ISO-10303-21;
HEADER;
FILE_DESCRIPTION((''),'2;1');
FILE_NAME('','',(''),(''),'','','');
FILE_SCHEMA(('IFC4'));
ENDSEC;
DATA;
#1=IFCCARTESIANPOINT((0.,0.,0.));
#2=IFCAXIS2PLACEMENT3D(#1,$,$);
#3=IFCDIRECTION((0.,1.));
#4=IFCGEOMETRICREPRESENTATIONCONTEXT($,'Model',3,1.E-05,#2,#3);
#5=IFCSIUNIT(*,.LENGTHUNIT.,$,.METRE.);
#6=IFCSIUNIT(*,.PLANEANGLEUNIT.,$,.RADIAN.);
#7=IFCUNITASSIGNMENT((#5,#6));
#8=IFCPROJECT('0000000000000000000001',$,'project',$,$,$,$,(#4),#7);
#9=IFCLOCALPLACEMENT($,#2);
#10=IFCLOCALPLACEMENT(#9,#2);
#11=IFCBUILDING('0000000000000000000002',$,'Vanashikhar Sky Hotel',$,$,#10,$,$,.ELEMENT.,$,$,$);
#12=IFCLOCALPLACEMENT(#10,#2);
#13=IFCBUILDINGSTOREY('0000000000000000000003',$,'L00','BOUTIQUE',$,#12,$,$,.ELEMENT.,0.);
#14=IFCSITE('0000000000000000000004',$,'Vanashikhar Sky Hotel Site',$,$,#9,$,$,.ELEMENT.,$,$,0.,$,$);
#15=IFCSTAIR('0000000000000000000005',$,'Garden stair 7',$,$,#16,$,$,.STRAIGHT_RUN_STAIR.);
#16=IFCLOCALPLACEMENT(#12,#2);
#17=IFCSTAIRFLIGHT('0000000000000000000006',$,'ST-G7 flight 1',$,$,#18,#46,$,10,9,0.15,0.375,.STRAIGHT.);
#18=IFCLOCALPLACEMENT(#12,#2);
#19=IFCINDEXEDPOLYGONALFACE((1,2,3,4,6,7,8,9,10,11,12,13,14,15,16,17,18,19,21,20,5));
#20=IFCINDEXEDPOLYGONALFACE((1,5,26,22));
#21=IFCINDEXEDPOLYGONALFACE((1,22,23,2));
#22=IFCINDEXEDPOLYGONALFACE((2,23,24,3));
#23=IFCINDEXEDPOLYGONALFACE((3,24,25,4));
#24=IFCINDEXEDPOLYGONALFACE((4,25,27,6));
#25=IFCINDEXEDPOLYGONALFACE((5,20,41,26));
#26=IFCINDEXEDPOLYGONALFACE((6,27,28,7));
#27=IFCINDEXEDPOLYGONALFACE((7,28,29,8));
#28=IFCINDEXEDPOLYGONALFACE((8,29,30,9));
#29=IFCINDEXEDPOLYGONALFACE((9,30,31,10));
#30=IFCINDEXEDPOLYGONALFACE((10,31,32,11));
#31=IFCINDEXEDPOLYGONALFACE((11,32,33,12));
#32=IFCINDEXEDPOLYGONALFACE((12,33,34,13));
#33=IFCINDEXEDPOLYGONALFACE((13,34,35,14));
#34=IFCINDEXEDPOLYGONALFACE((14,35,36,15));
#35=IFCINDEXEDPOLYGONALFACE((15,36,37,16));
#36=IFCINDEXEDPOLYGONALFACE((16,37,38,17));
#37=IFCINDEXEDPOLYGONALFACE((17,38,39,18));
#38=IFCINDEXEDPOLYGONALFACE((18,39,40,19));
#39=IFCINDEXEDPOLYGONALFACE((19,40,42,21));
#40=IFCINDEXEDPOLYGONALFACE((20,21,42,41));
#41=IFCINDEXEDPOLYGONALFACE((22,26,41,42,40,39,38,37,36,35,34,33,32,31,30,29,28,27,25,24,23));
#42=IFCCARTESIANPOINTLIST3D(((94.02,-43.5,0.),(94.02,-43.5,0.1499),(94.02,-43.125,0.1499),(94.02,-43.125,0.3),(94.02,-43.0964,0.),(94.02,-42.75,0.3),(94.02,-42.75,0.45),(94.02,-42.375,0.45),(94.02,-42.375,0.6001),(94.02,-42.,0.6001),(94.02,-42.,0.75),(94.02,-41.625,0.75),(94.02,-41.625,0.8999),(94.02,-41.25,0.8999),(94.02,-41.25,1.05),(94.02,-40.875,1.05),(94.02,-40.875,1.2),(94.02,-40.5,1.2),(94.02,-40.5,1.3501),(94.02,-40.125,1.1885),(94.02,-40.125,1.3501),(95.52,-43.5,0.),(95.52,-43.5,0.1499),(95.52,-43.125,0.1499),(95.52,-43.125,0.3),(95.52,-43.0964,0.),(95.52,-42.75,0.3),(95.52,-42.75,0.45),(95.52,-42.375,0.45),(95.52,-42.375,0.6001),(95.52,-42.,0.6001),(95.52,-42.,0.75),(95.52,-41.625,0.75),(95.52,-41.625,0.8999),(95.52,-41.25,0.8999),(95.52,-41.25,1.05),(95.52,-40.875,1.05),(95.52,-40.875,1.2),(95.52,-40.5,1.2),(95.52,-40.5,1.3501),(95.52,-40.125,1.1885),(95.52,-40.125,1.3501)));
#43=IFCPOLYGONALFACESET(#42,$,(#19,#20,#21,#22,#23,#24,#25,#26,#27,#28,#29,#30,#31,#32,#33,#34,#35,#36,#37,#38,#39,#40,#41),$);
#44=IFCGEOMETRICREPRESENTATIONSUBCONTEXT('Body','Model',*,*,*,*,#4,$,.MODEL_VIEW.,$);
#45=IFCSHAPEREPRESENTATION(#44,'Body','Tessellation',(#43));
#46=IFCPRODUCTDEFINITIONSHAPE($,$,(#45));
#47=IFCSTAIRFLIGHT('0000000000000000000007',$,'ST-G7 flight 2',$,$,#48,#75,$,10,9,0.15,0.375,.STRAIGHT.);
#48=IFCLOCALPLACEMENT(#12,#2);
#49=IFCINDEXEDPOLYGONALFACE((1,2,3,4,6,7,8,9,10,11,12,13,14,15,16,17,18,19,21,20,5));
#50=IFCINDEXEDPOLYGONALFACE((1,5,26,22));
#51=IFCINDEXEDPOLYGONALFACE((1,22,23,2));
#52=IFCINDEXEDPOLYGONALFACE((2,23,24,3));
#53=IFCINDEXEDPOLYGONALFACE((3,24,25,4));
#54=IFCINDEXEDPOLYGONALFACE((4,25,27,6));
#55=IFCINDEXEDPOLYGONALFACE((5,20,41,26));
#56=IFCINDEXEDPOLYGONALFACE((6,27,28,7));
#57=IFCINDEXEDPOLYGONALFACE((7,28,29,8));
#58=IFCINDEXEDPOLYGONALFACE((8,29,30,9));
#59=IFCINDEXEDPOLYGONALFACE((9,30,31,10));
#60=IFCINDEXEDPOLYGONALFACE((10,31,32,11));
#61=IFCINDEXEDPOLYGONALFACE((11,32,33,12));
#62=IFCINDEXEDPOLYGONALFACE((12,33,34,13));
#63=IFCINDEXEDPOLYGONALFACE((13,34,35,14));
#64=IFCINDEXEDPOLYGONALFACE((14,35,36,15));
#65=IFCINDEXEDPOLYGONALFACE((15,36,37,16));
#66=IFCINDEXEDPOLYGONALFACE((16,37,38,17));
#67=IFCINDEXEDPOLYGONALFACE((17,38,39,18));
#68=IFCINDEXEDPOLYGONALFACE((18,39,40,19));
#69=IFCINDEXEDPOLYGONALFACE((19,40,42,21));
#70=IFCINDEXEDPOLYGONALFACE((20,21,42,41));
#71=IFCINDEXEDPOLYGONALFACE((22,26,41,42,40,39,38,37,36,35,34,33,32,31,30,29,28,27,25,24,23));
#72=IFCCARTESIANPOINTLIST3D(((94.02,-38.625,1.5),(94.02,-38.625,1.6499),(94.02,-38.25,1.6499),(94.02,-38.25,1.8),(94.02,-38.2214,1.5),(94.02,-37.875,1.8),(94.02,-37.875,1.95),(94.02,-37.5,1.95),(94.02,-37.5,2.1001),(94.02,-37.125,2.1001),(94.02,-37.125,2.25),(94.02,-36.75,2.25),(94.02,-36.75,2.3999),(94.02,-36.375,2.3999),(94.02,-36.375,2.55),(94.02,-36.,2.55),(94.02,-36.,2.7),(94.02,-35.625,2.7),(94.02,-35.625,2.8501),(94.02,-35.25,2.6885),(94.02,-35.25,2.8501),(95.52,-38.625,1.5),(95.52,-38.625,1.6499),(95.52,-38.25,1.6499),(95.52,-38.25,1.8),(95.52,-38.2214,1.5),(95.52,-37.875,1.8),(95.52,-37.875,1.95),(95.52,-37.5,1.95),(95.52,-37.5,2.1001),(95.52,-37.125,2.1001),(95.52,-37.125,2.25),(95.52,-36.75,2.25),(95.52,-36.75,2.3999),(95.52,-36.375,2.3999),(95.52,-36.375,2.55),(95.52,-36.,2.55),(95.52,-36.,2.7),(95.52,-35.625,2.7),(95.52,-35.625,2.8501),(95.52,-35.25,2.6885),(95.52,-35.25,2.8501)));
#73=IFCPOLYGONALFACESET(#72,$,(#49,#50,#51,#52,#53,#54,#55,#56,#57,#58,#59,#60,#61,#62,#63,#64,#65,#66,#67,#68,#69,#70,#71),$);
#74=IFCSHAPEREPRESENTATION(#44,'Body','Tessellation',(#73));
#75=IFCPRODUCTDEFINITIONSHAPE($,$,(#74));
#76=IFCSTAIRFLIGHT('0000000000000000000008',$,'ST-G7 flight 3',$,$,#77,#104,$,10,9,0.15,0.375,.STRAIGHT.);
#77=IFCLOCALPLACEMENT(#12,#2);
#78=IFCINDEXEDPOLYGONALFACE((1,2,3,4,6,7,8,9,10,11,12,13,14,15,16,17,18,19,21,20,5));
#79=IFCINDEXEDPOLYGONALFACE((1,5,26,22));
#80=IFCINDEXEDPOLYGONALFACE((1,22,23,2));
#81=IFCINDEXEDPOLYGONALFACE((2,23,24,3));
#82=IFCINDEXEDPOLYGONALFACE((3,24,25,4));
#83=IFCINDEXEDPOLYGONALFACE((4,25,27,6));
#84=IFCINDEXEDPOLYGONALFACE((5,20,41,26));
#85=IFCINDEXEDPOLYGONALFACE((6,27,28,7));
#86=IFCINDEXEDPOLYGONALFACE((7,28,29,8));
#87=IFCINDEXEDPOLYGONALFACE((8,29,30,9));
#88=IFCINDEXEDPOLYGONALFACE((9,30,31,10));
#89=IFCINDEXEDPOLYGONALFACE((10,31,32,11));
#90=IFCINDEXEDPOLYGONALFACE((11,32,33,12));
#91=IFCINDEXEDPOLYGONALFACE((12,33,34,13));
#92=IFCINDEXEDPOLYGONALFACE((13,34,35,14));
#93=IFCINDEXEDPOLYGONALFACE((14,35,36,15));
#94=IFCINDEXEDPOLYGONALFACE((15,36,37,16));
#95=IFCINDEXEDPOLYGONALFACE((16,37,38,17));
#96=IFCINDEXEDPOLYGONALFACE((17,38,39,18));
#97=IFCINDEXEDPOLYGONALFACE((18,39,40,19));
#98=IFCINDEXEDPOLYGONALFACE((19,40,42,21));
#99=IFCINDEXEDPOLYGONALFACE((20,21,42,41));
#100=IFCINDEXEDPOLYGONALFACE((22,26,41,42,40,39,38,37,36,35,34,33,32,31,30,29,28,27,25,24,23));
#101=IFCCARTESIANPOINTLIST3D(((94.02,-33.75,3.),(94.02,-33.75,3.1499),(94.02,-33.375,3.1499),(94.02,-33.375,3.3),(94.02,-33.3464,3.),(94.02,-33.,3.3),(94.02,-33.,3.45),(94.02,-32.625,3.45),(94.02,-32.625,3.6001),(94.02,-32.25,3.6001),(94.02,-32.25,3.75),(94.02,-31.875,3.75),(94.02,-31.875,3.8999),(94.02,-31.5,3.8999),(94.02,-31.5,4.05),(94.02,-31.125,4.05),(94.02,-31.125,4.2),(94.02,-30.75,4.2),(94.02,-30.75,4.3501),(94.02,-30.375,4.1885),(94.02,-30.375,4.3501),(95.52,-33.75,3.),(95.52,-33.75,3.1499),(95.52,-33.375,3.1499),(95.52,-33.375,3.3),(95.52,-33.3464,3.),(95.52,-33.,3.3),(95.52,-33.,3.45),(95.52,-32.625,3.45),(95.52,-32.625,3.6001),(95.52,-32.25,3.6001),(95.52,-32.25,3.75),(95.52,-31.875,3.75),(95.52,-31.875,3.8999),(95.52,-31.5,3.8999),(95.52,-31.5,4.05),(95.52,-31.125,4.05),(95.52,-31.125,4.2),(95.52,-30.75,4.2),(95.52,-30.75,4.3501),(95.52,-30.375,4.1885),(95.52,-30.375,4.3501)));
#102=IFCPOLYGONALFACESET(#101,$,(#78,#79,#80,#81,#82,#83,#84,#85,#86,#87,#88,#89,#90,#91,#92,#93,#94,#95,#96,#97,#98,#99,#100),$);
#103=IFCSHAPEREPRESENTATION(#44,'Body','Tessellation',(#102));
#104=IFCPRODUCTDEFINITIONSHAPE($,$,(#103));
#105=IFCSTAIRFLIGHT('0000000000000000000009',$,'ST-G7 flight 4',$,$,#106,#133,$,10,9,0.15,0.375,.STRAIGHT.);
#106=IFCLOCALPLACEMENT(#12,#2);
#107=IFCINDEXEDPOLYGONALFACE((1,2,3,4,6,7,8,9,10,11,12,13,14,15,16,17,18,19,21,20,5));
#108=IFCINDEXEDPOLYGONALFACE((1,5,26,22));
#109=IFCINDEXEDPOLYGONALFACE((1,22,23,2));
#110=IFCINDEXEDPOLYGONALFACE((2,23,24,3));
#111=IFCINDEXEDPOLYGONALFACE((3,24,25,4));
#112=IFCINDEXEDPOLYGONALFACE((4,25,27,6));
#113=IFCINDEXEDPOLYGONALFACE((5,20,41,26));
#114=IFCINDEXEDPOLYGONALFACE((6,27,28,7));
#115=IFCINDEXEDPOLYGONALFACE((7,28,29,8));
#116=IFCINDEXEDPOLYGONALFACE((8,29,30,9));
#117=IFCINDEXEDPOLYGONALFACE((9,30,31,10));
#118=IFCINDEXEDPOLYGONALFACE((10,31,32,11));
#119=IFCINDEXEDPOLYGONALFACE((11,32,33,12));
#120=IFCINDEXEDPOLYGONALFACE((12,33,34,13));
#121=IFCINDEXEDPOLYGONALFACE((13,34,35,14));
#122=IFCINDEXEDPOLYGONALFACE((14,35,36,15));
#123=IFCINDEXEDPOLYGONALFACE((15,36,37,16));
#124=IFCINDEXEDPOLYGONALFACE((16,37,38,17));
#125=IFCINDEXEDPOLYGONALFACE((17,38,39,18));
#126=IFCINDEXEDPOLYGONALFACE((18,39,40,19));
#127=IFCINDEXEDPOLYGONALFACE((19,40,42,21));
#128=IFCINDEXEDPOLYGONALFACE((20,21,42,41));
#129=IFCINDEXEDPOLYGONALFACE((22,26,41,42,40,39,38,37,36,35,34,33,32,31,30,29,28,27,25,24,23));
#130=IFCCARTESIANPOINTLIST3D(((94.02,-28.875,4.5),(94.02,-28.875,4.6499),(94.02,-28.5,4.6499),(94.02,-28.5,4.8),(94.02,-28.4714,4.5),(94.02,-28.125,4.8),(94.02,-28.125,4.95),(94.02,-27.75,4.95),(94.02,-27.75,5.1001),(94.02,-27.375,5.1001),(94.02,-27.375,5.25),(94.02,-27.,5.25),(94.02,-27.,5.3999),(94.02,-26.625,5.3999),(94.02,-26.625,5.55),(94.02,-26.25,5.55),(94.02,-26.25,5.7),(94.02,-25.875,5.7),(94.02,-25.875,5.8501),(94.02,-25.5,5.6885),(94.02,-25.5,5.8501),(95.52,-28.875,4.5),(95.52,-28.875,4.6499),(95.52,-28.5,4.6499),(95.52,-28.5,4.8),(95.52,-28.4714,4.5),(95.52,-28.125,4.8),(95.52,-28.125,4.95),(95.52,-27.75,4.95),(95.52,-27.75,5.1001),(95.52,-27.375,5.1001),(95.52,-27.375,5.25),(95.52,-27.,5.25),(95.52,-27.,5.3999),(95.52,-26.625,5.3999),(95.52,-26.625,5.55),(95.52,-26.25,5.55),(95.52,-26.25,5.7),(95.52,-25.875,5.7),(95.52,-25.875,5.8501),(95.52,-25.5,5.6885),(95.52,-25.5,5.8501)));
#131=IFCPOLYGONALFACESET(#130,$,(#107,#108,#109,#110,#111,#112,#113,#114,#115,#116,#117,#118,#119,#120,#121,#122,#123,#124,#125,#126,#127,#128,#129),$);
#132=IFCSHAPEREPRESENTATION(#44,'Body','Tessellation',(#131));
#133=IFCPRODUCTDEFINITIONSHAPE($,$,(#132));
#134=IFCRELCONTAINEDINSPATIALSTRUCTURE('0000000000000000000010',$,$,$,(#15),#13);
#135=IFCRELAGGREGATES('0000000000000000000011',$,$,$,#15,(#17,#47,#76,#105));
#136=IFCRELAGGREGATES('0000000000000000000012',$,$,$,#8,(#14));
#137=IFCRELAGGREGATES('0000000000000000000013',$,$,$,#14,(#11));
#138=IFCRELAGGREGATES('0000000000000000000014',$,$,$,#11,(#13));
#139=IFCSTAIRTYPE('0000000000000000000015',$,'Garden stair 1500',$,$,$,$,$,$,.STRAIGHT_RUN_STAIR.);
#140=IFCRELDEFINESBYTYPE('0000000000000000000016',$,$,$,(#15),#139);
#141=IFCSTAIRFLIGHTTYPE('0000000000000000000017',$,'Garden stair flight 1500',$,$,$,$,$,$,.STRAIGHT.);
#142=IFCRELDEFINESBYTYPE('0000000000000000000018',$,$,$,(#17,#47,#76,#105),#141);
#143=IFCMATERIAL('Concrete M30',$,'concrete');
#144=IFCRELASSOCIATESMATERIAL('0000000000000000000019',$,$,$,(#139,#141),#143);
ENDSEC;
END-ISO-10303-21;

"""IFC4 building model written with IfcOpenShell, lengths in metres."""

from ifc_helpers import new_model, si_unit, direction, frame, origin, place, context, subcontext, project, spatial, polyline, outline, extrude, source, transform, mapped, material, type_object, element, aggregate, save


model = new_model("IFC4")

# Units and contexts
model_context = context("Model", 3, precision=1e-05, world=origin(), true_north=direction((0.0, 1.0)))
body_context = subcontext(model_context, "Body", "Model", "MODEL_VIEW")
ifc_project = project(units=[si_unit("LENGTHUNIT", "METRE"), si_unit("PLANEANGLEUNIT", "RADIAN")], contexts=[model_context])

# Site, building, storey
site_placement = place(None, origin())
site = spatial("IfcSite", under=ifc_project, at=site_placement, Name="Vanashikhar Sky Hotel Site", CompositionType="ELEMENT", RefElevation=0.0)
building_placement = place(site_placement, origin())
building = spatial("IfcBuilding", under=site, at=building_placement, Name="Vanashikhar Sky Hotel", CompositionType="ELEMENT")
storey_placement = place(building_placement, origin())
storey = spatial("IfcBuildingStorey", under=building, at=storey_placement, Name="L00", Description="BOUTIQUE", CompositionType="ELEMENT", Elevation=0.0)

# Stair, stair flights
ifc_material_1 = material(Name="Concrete M30", Category="concrete")
stair_type = type_object("IfcStairType", Name="Garden stair 1500", PredefinedType="STRAIGHT_RUN_STAIR", material=ifc_material_1)
stair_flight_type = type_object("IfcStairFlightType", Name="Garden stair flight 1500", PredefinedType="STRAIGHT", material=ifc_material_1)
shared_shape_1 = source(origin(), body_context, "Body", "SweptSolid", [
    extrude(outline(polyline([(0.0, 0.0), (0.0, 0.1499), (0.375, 0.1499), (0.375, 0.3), (0.75, 0.3), (0.75, 0.45), (1.125, 0.45), (1.125, 0.6001), (1.5, 0.6001), (1.5, 0.75), (1.875, 0.75), (1.875, 0.8999), (2.25, 0.8999), (2.25, 1.05), (2.625, 1.05), (2.625, 1.2), (3.0, 1.2), (3.0, 1.3501), (3.375, 1.3501), (3.375, 1.5), (3.375, 1.1885), (0.4036, 0.0), (0.0, 0.0)])), frame((0.0, 0.75, 0.0), z_axis=(0.0, -1.0, 0.0), x_axis=(1.0, 0.0, 0.0)), (0.0, 0.0, 1.0), 1.5),
])
stair_1_placement = place(storey_placement, origin())
stair_1 = element("IfcStair", 1, at=stair_1_placement, inside=storey, type_object=stair_type, Name="Garden stair 7", PredefinedType="STRAIGHT_RUN_STAIR")
stair_flight_1_placement = place(storey_placement, frame((94.77, -43.5, 0.0), z_axis=(0.0, 0.0, 1.0), x_axis=(0.0, 1.0, 0.0)))
stair_flight_1 = element("IfcStairFlight", 2, at=stair_flight_1_placement, type_object=stair_flight_type, Name="ST-G7 flight 1", NumberOfRisers=10, NumberOfTreads=9, PredefinedType="STRAIGHT", RiserHeight=0.15, TreadLength=0.375, context=body_context, shape_type="MappedRepresentation", body=[
    mapped(shared_shape_1, transform((0.0, 0.0, 0.0), scale=1.0)),
])
stair_flight_2_placement = place(storey_placement, frame((94.77, -38.625, 1.5), z_axis=(0.0, 0.0, 1.0), x_axis=(0.0, 1.0, 0.0)))
stair_flight_2 = element("IfcStairFlight", 3, at=stair_flight_2_placement, type_object=stair_flight_type, Name="ST-G7 flight 2", NumberOfRisers=10, NumberOfTreads=9, PredefinedType="STRAIGHT", RiserHeight=0.15, TreadLength=0.375, context=body_context, shape_type="MappedRepresentation", body=[
    mapped(shared_shape_1, transform((0.0, 0.0, 0.0), scale=1.0)),
])
stair_flight_3_placement = place(storey_placement, frame((94.77, -33.75, 3.0), z_axis=(0.0, 0.0, 1.0), x_axis=(0.0, 1.0, 0.0)))
stair_flight_3 = element("IfcStairFlight", 4, at=stair_flight_3_placement, type_object=stair_flight_type, Name="ST-G7 flight 3", NumberOfRisers=10, NumberOfTreads=9, PredefinedType="STRAIGHT", RiserHeight=0.15, TreadLength=0.375, context=body_context, shape_type="MappedRepresentation", body=[
    mapped(shared_shape_1, transform((0.0, 0.0, 0.0), scale=1.0)),
])
stair_flight_4_placement = place(storey_placement, frame((94.77, -28.875, 4.5), z_axis=(0.0, 0.0, 1.0), x_axis=(0.0, 1.0, 0.0)))
stair_flight_4 = element("IfcStairFlight", 5, at=stair_flight_4_placement, type_object=stair_flight_type, Name="ST-G7 flight 4", NumberOfRisers=10, NumberOfTreads=9, PredefinedType="STRAIGHT", RiserHeight=0.15, TreadLength=0.375, context=body_context, shape_type="MappedRepresentation", body=[
    mapped(shared_shape_1, transform((0.0, 0.0, 0.0), scale=1.0)),
])
aggregate(stair_1, [stair_flight_1, stair_flight_2, stair_flight_3, stair_flight_4])

save(model, "model.ifc")
